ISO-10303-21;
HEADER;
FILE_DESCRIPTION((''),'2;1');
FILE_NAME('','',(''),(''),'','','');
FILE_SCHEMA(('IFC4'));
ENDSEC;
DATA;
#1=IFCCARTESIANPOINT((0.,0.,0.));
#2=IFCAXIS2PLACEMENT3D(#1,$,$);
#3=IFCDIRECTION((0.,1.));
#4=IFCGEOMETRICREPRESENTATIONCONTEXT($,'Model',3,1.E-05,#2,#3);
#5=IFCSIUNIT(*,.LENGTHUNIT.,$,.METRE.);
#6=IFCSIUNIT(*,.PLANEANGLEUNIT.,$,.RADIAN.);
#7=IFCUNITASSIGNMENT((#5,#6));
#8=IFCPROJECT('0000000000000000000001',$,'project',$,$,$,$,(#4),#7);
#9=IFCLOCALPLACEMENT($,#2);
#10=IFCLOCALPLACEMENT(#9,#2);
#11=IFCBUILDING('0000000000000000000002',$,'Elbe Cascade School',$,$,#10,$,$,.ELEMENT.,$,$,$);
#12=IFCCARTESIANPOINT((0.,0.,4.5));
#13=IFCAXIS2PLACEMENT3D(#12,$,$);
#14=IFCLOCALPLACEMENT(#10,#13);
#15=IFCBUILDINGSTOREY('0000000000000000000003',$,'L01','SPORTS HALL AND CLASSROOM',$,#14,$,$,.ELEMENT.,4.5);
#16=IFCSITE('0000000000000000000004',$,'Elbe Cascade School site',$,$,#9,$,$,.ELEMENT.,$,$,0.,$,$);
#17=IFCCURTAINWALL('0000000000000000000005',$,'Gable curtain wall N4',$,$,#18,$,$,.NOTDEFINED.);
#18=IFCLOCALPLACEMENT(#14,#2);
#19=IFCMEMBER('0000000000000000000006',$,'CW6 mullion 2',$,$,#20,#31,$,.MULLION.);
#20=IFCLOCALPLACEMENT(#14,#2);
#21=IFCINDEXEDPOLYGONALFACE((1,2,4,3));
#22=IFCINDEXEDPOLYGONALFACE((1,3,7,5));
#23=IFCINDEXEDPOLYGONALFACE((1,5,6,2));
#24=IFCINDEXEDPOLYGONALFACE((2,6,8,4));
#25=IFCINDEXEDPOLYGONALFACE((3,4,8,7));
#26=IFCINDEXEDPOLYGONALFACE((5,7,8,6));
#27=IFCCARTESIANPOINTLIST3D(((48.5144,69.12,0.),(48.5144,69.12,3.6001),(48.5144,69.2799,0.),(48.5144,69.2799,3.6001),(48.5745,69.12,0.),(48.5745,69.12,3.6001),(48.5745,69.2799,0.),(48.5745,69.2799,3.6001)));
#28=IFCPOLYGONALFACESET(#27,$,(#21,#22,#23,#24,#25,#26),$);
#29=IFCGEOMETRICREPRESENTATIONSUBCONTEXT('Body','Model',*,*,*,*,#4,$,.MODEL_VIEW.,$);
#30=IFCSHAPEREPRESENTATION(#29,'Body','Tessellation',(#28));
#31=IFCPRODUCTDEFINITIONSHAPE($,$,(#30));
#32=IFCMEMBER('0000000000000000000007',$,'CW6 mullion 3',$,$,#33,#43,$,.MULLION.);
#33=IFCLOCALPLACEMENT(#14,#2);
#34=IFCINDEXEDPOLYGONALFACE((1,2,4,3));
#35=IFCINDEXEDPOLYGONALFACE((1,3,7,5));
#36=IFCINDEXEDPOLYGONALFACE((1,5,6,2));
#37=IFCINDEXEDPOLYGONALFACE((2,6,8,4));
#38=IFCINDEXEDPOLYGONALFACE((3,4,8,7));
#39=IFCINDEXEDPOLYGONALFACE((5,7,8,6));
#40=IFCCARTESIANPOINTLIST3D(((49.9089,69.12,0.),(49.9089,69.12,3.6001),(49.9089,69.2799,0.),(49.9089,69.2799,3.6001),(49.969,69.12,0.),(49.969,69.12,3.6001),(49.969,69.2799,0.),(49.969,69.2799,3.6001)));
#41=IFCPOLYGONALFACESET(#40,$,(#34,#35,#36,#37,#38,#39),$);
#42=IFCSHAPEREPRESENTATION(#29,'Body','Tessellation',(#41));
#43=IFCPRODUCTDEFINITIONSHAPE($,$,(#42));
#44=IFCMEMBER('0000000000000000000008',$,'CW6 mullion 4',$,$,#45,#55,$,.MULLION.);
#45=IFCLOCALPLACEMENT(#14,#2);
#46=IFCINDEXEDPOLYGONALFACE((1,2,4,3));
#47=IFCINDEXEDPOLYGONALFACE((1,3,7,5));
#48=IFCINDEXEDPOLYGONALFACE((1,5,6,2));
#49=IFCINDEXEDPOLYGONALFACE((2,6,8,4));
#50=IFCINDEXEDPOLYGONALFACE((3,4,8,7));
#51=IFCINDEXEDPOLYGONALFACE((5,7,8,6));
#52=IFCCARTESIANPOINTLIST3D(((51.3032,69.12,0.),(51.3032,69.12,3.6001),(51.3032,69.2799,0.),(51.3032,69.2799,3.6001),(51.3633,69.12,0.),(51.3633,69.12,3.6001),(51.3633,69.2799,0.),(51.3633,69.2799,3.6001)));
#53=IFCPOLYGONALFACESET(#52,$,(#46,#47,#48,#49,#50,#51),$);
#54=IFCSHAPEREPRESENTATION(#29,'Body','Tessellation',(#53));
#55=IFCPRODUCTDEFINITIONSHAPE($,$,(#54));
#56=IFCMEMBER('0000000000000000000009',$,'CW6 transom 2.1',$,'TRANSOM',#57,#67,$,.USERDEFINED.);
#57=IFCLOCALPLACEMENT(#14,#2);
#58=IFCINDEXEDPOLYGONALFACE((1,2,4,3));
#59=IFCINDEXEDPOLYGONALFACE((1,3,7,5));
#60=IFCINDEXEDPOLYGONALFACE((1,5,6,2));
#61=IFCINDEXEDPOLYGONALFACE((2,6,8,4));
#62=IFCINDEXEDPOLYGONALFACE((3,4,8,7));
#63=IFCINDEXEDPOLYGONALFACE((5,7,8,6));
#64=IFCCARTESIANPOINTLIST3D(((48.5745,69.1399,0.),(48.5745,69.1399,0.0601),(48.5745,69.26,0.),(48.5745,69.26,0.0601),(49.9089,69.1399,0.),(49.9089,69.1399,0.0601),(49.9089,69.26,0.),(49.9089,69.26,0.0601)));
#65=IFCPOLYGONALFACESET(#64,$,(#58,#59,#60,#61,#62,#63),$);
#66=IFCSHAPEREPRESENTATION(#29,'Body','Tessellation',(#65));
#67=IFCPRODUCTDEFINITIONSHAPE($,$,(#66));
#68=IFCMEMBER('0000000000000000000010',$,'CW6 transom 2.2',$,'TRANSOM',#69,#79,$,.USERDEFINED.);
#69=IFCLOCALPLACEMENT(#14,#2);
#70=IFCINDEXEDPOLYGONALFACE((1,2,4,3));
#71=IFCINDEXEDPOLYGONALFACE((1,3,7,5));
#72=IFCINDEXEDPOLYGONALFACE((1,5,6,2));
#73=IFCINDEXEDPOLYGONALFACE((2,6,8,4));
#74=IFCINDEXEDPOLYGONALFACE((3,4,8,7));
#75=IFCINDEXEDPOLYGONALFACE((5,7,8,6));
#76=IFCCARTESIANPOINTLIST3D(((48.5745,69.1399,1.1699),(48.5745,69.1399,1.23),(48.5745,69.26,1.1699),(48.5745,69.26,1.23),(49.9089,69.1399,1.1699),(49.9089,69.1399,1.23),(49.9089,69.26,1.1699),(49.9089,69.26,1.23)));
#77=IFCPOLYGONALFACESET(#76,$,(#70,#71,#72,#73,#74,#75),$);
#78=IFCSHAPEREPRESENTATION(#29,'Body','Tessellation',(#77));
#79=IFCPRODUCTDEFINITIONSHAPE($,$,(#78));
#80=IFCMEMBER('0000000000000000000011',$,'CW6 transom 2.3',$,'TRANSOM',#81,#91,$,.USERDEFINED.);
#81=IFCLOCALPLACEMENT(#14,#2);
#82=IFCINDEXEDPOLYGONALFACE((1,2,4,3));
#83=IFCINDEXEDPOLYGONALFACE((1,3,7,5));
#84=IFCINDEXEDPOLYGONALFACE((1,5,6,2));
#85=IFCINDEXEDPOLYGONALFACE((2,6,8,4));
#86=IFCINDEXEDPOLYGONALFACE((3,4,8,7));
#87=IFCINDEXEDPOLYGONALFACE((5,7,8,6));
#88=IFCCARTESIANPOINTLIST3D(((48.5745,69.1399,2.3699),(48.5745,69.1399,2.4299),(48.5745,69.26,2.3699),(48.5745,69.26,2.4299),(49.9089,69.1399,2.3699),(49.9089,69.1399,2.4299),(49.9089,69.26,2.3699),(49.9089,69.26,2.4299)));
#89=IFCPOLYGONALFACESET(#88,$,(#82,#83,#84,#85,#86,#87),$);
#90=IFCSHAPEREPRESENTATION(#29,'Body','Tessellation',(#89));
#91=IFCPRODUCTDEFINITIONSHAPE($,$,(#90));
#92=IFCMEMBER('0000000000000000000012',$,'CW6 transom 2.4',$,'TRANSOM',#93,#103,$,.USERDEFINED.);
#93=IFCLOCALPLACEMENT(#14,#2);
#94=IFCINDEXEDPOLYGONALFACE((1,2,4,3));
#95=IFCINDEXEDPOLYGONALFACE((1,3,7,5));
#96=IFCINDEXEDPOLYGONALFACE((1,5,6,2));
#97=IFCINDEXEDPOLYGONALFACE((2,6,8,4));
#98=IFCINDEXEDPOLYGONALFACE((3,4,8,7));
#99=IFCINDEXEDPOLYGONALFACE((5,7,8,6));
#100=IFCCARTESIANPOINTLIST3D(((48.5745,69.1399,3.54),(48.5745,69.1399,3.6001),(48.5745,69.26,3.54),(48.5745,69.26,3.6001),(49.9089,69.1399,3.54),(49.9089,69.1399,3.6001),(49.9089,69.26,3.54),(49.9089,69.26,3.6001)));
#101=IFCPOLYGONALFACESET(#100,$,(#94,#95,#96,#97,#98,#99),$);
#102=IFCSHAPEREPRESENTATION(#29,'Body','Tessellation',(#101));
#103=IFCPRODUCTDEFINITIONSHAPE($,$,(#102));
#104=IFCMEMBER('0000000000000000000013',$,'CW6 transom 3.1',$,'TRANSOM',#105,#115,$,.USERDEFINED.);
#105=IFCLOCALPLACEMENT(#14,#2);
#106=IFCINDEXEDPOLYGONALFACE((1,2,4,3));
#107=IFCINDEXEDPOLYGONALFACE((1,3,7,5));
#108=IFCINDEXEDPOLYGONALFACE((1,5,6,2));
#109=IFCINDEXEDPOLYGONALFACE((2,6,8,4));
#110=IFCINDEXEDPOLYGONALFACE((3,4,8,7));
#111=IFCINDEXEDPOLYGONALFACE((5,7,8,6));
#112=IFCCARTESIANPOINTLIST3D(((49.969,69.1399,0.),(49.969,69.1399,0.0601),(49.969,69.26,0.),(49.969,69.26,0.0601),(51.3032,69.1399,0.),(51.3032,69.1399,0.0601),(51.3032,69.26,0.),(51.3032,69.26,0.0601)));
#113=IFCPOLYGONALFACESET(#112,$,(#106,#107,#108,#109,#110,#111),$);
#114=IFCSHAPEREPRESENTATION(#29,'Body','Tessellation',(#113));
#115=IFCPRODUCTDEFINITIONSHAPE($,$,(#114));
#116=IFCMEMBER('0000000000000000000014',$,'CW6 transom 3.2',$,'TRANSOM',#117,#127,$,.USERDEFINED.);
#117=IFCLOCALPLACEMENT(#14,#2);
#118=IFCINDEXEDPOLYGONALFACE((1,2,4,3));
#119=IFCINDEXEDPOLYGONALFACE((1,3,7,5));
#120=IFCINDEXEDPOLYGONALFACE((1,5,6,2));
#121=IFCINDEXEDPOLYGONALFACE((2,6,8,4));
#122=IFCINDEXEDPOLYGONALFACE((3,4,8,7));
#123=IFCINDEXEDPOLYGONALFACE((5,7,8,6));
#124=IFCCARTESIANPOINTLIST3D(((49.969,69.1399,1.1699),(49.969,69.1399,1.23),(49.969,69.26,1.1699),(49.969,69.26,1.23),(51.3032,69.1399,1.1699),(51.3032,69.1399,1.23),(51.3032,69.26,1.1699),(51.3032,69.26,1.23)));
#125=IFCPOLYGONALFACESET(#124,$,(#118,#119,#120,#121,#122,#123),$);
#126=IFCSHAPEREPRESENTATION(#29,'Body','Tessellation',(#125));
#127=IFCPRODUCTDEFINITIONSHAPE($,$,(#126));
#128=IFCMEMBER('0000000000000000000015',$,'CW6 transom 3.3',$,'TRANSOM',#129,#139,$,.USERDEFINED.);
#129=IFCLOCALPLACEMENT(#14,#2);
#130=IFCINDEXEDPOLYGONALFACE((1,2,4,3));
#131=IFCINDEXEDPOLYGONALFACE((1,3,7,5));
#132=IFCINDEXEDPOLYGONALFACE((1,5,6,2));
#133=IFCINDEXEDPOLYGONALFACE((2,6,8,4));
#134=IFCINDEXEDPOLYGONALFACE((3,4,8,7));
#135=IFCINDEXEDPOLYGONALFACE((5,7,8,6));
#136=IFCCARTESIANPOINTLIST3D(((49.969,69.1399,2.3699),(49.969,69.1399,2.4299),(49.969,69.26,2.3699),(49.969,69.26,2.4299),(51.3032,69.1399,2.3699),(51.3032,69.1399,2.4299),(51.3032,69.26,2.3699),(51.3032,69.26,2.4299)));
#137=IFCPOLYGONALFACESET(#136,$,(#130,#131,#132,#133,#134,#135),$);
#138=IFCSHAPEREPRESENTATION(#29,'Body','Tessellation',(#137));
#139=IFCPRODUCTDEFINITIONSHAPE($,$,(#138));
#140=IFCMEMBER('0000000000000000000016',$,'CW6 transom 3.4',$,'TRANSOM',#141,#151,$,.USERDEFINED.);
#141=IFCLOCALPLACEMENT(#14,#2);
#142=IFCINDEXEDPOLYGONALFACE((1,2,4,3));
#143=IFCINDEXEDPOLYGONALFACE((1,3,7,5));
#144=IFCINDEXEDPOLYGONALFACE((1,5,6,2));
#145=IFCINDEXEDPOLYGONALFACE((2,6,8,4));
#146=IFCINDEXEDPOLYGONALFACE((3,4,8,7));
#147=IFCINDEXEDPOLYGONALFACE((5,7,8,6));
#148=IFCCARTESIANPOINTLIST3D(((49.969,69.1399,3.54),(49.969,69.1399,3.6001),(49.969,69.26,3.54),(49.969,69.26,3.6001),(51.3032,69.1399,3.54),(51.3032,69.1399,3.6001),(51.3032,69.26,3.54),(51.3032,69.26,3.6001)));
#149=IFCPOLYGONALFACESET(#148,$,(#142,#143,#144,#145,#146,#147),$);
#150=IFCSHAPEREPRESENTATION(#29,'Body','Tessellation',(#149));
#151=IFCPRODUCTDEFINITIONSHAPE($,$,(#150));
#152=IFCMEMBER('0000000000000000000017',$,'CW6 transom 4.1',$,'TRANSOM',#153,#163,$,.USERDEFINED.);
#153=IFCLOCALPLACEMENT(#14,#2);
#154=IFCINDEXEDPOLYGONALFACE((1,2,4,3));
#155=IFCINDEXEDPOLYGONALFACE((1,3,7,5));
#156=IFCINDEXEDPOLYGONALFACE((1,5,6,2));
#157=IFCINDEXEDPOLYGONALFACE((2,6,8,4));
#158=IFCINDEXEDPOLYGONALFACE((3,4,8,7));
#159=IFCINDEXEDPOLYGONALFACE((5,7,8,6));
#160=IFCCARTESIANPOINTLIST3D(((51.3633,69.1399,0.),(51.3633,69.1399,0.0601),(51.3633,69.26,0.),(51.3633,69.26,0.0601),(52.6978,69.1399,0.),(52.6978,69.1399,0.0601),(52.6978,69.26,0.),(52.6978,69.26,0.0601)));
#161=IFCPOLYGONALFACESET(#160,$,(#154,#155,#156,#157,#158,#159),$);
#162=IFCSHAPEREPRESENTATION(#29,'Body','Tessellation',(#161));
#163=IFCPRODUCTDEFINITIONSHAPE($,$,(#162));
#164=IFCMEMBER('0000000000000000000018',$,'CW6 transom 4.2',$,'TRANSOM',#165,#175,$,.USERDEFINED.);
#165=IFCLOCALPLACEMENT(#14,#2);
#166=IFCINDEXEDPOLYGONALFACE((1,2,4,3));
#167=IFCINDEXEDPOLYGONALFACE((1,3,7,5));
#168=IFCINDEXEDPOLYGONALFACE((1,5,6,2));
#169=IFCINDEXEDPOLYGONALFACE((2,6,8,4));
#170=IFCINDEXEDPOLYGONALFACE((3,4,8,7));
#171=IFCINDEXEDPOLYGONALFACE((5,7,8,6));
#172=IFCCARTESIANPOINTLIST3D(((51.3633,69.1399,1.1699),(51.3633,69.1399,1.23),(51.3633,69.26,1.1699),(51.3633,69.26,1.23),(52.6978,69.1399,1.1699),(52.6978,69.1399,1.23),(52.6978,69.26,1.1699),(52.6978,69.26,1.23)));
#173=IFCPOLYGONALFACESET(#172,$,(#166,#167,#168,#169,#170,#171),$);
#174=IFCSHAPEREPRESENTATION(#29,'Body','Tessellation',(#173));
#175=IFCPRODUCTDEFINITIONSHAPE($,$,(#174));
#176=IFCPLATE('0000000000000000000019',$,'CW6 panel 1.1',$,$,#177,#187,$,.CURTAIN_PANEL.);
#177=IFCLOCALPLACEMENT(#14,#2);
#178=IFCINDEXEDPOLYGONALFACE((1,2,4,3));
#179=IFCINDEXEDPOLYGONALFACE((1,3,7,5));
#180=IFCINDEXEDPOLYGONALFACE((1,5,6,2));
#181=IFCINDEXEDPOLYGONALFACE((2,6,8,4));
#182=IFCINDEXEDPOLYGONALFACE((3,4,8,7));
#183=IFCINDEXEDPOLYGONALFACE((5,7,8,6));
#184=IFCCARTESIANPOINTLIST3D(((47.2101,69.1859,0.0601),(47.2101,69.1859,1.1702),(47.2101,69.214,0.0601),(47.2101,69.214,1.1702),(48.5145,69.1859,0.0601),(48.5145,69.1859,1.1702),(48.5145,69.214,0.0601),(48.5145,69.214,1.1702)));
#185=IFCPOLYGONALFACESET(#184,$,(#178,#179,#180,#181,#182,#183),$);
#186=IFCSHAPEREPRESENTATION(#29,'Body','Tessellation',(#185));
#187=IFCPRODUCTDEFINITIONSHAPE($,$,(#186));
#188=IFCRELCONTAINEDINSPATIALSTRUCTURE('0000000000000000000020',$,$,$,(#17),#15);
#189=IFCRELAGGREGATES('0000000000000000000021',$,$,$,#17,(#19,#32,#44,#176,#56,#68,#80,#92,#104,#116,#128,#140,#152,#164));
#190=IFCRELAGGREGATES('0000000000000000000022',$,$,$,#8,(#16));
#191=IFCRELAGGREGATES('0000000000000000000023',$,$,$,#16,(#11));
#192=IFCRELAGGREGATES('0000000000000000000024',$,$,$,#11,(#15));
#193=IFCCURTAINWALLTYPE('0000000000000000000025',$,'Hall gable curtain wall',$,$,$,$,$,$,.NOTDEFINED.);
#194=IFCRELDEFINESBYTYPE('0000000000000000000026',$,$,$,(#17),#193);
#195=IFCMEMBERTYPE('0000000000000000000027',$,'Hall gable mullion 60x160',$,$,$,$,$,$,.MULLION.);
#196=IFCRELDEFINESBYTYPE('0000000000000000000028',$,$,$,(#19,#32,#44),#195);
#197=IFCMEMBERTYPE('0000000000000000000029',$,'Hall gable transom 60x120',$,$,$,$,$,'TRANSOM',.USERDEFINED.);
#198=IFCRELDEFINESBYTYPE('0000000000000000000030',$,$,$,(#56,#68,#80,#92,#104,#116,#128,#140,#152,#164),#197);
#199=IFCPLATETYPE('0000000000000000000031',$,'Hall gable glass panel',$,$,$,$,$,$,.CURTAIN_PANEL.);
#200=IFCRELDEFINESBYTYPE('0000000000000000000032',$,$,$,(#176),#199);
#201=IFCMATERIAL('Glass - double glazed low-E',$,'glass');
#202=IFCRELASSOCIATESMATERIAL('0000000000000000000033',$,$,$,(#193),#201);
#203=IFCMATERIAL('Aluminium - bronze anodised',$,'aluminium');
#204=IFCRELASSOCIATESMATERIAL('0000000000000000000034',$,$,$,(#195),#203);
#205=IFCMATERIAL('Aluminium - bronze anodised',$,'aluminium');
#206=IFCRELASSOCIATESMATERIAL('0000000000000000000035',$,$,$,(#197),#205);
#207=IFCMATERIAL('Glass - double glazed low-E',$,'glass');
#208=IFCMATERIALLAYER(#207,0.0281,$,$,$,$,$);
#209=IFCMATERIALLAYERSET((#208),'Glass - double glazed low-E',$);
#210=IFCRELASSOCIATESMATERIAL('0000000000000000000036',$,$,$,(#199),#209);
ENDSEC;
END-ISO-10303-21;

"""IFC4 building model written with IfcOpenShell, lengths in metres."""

from ifc_helpers import new_model, si_unit, direction, frame, origin, origin_2d, place, context, subcontext, project, spatial, rectangle, extrude, material, layer, layer_set, material_profile, profile_set, type_object, element, aggregate, save


model = new_model("IFC4")

# Units and contexts
model_context = context("Model", 3, precision=1e-05, world=origin(), true_north=direction((0.0, 1.0)))
body_context = subcontext(model_context, "Body", "Model", "MODEL_VIEW")
ifc_project = project(units=[si_unit("LENGTHUNIT", "METRE"), si_unit("PLANEANGLEUNIT", "RADIAN")], contexts=[model_context])

# Site, building, storey
site_placement = place(None, origin())
site = spatial("IfcSite", under=ifc_project, at=site_placement, Name="Elbe Cascade School site", CompositionType="ELEMENT", RefElevation=0.0)
building_placement = place(site_placement, origin())
building = spatial("IfcBuilding", under=site, at=building_placement, Name="Elbe Cascade School", CompositionType="ELEMENT")
storey_placement = place(building_placement, frame((0.0, 0.0, 4.5)))
storey = spatial("IfcBuildingStorey", under=building, at=storey_placement, Name="L01", Description="SPORTS HALL AND CLASSROOM", CompositionType="ELEMENT", Elevation=4.5)

# Curtain wall, members, plate
ifc_material_1 = material(Name="Glass - double glazed low-E", Category="glass")
curtain_wall_type = type_object("IfcCurtainWallType", Name="Hall gable curtain wall", PredefinedType="NOTDEFINED", material=ifc_material_1)
curtain_wall_placement = place(storey_placement, origin())
curtain_wall = element("IfcCurtainWall", 1, at=curtain_wall_placement, inside=storey, type_object=curtain_wall_type, Name="Gable curtain wall N4", PredefinedType="NOTDEFINED")
ifc_material_2 = material(Name="Aluminium - bronze anodised", Category="aluminium")
ifc_material_profile_1 = material_profile(ifc_material_2, rectangle(XDim=0.1599, YDim=0.0601, at=origin_2d()), Name="Alu 60x160")
ifc_profile_set_1 = profile_set([ifc_material_profile_1], Name="Aluminium - bronze anodised")
member_type_1 = type_object("IfcMemberType", Name="Hall gable mullion 60x160", PredefinedType="MULLION", material=ifc_profile_set_1)
member_1_placement = place(storey_placement, frame((48.5444, 69.2, 0.0), z_axis=(0.0, 0.0, 1.0), x_axis=(0.0, 1.0, 0.0)))
member_1 = element("IfcMember", 2, at=member_1_placement, type_object=member_type_1, Name="CW6 mullion 2", PredefinedType="MULLION", context=body_context, shape_type="SweptSolid", body=[
    extrude(rectangle(XDim=0.1599, YDim=0.0601, at=origin_2d()), origin(), (0.0, 0.0, 1.0), 3.6001),
])
member_2_placement = place(storey_placement, frame((49.939, 69.2, 0.0), z_axis=(0.0, 0.0, 1.0), x_axis=(0.0, 1.0, 0.0)))
member_2 = element("IfcMember", 3, at=member_2_placement, type_object=member_type_1, Name="CW6 mullion 3", PredefinedType="MULLION", context=body_context, shape_type="SweptSolid", body=[
    extrude(rectangle(XDim=0.1599, YDim=0.0601, at=origin_2d()), origin(), (0.0, 0.0, 1.0), 3.6001),
])
member_3_placement = place(storey_placement, frame((51.3333, 69.2, 0.0), z_axis=(0.0, 0.0, 1.0), x_axis=(0.0, 1.0, 0.0)))
member_3 = element("IfcMember", 4, at=member_3_placement, type_object=member_type_1, Name="CW6 mullion 4", PredefinedType="MULLION", context=body_context, shape_type="SweptSolid", body=[
    extrude(rectangle(XDim=0.1599, YDim=0.0601, at=origin_2d()), origin(), (0.0, 0.0, 1.0), 3.6001),
])
ifc_material_3 = material(Name="Aluminium - bronze anodised", Category="aluminium")
ifc_material_profile_2 = material_profile(ifc_material_3, rectangle(XDim=0.1201, YDim=0.0601, at=origin_2d()), Name="Alu 60x120")
ifc_profile_set_2 = profile_set([ifc_material_profile_2], Name="Aluminium - bronze anodised")
member_type_2 = type_object("IfcMemberType", Name="Hall gable transom 60x120", ElementType="TRANSOM", PredefinedType="USERDEFINED", material=ifc_profile_set_2)
member_4_placement = place(storey_placement, frame((48.5745, 69.2, 0.03), z_axis=(1.0, 0.0, 0.0), x_axis=(0.0, 1.0, 0.0)))
member_4 = element("IfcMember", 5, at=member_4_placement, type_object=member_type_2, Name="CW6 transom 2.1", ObjectType="TRANSOM", PredefinedType="USERDEFINED", context=body_context, shape_type="SweptSolid", body=[
    extrude(rectangle(XDim=0.1201, YDim=0.0601, at=origin_2d()), origin(), (0.0, 0.0, 1.0), 1.3345),
])
member_5_placement = place(storey_placement, frame((48.5745, 69.2, 1.2), z_axis=(1.0, 0.0, 0.0), x_axis=(0.0, 1.0, 0.0)))
member_5 = element("IfcMember", 6, at=member_5_placement, type_object=member_type_2, Name="CW6 transom 2.2", ObjectType="TRANSOM", PredefinedType="USERDEFINED", context=body_context, shape_type="SweptSolid", body=[
    extrude(rectangle(XDim=0.1201, YDim=0.0601, at=origin_2d()), origin(), (0.0, 0.0, 1.0), 1.3345),
])
member_6_placement = place(storey_placement, frame((48.5745, 69.2, 2.3999), z_axis=(1.0, 0.0, 0.0), x_axis=(0.0, 1.0, 0.0)))
member_6 = element("IfcMember", 7, at=member_6_placement, type_object=member_type_2, Name="CW6 transom 2.3", ObjectType="TRANSOM", PredefinedType="USERDEFINED", context=body_context, shape_type="SweptSolid", body=[
    extrude(rectangle(XDim=0.1201, YDim=0.0601, at=origin_2d()), origin(), (0.0, 0.0, 1.0), 1.3345),
])
member_7_placement = place(storey_placement, frame((48.5745, 69.2, 3.5701), z_axis=(1.0, 0.0, 0.0), x_axis=(0.0, 1.0, 0.0)))
member_7 = element("IfcMember", 8, at=member_7_placement, type_object=member_type_2, Name="CW6 transom 2.4", ObjectType="TRANSOM", PredefinedType="USERDEFINED", context=body_context, shape_type="SweptSolid", body=[
    extrude(rectangle(XDim=0.1201, YDim=0.0601, at=origin_2d()), origin(), (0.0, 0.0, 1.0), 1.3345),
])
member_8_placement = place(storey_placement, frame((49.969, 69.2, 0.03), z_axis=(1.0, 0.0, 0.0), x_axis=(0.0, 1.0, 0.0)))
member_8 = element("IfcMember", 9, at=member_8_placement, type_object=member_type_2, Name="CW6 transom 3.1", ObjectType="TRANSOM", PredefinedType="USERDEFINED", context=body_context, shape_type="SweptSolid", body=[
    extrude(rectangle(XDim=0.1201, YDim=0.0601, at=origin_2d()), origin(), (0.0, 0.0, 1.0), 1.3342),
])
member_9_placement = place(storey_placement, frame((49.969, 69.2, 1.2), z_axis=(1.0, 0.0, 0.0), x_axis=(0.0, 1.0, 0.0)))
member_9 = element("IfcMember", 10, at=member_9_placement, type_object=member_type_2, Name="CW6 transom 3.2", ObjectType="TRANSOM", PredefinedType="USERDEFINED", context=body_context, shape_type="SweptSolid", body=[
    extrude(rectangle(XDim=0.1201, YDim=0.0601, at=origin_2d()), origin(), (0.0, 0.0, 1.0), 1.3342),
])
member_10_placement = place(storey_placement, frame((49.969, 69.2, 2.3999), z_axis=(1.0, 0.0, 0.0), x_axis=(0.0, 1.0, 0.0)))
member_10 = element("IfcMember", 11, at=member_10_placement, type_object=member_type_2, Name="CW6 transom 3.3", ObjectType="TRANSOM", PredefinedType="USERDEFINED", context=body_context, shape_type="SweptSolid", body=[
    extrude(rectangle(XDim=0.1201, YDim=0.0601, at=origin_2d()), origin(), (0.0, 0.0, 1.0), 1.3342),
])
member_11_placement = place(storey_placement, frame((49.969, 69.2, 3.5701), z_axis=(1.0, 0.0, 0.0), x_axis=(0.0, 1.0, 0.0)))
member_11 = element("IfcMember", 12, at=member_11_placement, type_object=member_type_2, Name="CW6 transom 3.4", ObjectType="TRANSOM", PredefinedType="USERDEFINED", context=body_context, shape_type="SweptSolid", body=[
    extrude(rectangle(XDim=0.1201, YDim=0.0601, at=origin_2d()), origin(), (0.0, 0.0, 1.0), 1.3342),
])
member_12_placement = place(storey_placement, frame((51.3633, 69.2, 0.03), z_axis=(1.0, 0.0, 0.0), x_axis=(0.0, 1.0, 0.0)))
member_12 = element("IfcMember", 13, at=member_12_placement, type_object=member_type_2, Name="CW6 transom 4.1", ObjectType="TRANSOM", PredefinedType="USERDEFINED", context=body_context, shape_type="SweptSolid", body=[
    extrude(rectangle(XDim=0.1201, YDim=0.0601, at=origin_2d()), origin(), (0.0, 0.0, 1.0), 1.3345),
])
member_13_placement = place(storey_placement, frame((51.3633, 69.2, 1.2), z_axis=(1.0, 0.0, 0.0), x_axis=(0.0, 1.0, 0.0)))
member_13 = element("IfcMember", 14, at=member_13_placement, type_object=member_type_2, Name="CW6 transom 4.2", ObjectType="TRANSOM", PredefinedType="USERDEFINED", context=body_context, shape_type="SweptSolid", body=[
    extrude(rectangle(XDim=0.1201, YDim=0.0601, at=origin_2d()), origin(), (0.0, 0.0, 1.0), 1.3345),
])
ifc_material_4 = material(Name="Glass - double glazed low-E", Category="glass")
ifc_layer = layer(ifc_material_4, 0.0281)
ifc_layer_set = layer_set([ifc_layer], Name="Glass - double glazed low-E")
plate_type = type_object("IfcPlateType", Name="Hall gable glass panel", PredefinedType="CURTAIN_PANEL", material=ifc_layer_set)
plate_1_placement = place(storey_placement, frame((47.8623, 69.2, 0.0601), z_axis=(0.0, 0.0, 1.0), x_axis=(1.0, 0.0, 0.0)))
plate_1 = element("IfcPlate", 15, at=plate_1_placement, type_object=plate_type, Name="CW6 panel 1.1", PredefinedType="CURTAIN_PANEL", context=body_context, shape_type="SweptSolid", body=[
    extrude(rectangle(XDim=1.3044, YDim=0.0281, at=origin_2d()), origin(), (0.0, 0.0, 1.0), 1.1101),
])
aggregate(curtain_wall, [member_1, member_2, member_3, plate_1, member_4, member_5, member_6, member_7, member_8, member_9, member_10, member_11, member_12, member_13])

save(model, "model.ifc")
